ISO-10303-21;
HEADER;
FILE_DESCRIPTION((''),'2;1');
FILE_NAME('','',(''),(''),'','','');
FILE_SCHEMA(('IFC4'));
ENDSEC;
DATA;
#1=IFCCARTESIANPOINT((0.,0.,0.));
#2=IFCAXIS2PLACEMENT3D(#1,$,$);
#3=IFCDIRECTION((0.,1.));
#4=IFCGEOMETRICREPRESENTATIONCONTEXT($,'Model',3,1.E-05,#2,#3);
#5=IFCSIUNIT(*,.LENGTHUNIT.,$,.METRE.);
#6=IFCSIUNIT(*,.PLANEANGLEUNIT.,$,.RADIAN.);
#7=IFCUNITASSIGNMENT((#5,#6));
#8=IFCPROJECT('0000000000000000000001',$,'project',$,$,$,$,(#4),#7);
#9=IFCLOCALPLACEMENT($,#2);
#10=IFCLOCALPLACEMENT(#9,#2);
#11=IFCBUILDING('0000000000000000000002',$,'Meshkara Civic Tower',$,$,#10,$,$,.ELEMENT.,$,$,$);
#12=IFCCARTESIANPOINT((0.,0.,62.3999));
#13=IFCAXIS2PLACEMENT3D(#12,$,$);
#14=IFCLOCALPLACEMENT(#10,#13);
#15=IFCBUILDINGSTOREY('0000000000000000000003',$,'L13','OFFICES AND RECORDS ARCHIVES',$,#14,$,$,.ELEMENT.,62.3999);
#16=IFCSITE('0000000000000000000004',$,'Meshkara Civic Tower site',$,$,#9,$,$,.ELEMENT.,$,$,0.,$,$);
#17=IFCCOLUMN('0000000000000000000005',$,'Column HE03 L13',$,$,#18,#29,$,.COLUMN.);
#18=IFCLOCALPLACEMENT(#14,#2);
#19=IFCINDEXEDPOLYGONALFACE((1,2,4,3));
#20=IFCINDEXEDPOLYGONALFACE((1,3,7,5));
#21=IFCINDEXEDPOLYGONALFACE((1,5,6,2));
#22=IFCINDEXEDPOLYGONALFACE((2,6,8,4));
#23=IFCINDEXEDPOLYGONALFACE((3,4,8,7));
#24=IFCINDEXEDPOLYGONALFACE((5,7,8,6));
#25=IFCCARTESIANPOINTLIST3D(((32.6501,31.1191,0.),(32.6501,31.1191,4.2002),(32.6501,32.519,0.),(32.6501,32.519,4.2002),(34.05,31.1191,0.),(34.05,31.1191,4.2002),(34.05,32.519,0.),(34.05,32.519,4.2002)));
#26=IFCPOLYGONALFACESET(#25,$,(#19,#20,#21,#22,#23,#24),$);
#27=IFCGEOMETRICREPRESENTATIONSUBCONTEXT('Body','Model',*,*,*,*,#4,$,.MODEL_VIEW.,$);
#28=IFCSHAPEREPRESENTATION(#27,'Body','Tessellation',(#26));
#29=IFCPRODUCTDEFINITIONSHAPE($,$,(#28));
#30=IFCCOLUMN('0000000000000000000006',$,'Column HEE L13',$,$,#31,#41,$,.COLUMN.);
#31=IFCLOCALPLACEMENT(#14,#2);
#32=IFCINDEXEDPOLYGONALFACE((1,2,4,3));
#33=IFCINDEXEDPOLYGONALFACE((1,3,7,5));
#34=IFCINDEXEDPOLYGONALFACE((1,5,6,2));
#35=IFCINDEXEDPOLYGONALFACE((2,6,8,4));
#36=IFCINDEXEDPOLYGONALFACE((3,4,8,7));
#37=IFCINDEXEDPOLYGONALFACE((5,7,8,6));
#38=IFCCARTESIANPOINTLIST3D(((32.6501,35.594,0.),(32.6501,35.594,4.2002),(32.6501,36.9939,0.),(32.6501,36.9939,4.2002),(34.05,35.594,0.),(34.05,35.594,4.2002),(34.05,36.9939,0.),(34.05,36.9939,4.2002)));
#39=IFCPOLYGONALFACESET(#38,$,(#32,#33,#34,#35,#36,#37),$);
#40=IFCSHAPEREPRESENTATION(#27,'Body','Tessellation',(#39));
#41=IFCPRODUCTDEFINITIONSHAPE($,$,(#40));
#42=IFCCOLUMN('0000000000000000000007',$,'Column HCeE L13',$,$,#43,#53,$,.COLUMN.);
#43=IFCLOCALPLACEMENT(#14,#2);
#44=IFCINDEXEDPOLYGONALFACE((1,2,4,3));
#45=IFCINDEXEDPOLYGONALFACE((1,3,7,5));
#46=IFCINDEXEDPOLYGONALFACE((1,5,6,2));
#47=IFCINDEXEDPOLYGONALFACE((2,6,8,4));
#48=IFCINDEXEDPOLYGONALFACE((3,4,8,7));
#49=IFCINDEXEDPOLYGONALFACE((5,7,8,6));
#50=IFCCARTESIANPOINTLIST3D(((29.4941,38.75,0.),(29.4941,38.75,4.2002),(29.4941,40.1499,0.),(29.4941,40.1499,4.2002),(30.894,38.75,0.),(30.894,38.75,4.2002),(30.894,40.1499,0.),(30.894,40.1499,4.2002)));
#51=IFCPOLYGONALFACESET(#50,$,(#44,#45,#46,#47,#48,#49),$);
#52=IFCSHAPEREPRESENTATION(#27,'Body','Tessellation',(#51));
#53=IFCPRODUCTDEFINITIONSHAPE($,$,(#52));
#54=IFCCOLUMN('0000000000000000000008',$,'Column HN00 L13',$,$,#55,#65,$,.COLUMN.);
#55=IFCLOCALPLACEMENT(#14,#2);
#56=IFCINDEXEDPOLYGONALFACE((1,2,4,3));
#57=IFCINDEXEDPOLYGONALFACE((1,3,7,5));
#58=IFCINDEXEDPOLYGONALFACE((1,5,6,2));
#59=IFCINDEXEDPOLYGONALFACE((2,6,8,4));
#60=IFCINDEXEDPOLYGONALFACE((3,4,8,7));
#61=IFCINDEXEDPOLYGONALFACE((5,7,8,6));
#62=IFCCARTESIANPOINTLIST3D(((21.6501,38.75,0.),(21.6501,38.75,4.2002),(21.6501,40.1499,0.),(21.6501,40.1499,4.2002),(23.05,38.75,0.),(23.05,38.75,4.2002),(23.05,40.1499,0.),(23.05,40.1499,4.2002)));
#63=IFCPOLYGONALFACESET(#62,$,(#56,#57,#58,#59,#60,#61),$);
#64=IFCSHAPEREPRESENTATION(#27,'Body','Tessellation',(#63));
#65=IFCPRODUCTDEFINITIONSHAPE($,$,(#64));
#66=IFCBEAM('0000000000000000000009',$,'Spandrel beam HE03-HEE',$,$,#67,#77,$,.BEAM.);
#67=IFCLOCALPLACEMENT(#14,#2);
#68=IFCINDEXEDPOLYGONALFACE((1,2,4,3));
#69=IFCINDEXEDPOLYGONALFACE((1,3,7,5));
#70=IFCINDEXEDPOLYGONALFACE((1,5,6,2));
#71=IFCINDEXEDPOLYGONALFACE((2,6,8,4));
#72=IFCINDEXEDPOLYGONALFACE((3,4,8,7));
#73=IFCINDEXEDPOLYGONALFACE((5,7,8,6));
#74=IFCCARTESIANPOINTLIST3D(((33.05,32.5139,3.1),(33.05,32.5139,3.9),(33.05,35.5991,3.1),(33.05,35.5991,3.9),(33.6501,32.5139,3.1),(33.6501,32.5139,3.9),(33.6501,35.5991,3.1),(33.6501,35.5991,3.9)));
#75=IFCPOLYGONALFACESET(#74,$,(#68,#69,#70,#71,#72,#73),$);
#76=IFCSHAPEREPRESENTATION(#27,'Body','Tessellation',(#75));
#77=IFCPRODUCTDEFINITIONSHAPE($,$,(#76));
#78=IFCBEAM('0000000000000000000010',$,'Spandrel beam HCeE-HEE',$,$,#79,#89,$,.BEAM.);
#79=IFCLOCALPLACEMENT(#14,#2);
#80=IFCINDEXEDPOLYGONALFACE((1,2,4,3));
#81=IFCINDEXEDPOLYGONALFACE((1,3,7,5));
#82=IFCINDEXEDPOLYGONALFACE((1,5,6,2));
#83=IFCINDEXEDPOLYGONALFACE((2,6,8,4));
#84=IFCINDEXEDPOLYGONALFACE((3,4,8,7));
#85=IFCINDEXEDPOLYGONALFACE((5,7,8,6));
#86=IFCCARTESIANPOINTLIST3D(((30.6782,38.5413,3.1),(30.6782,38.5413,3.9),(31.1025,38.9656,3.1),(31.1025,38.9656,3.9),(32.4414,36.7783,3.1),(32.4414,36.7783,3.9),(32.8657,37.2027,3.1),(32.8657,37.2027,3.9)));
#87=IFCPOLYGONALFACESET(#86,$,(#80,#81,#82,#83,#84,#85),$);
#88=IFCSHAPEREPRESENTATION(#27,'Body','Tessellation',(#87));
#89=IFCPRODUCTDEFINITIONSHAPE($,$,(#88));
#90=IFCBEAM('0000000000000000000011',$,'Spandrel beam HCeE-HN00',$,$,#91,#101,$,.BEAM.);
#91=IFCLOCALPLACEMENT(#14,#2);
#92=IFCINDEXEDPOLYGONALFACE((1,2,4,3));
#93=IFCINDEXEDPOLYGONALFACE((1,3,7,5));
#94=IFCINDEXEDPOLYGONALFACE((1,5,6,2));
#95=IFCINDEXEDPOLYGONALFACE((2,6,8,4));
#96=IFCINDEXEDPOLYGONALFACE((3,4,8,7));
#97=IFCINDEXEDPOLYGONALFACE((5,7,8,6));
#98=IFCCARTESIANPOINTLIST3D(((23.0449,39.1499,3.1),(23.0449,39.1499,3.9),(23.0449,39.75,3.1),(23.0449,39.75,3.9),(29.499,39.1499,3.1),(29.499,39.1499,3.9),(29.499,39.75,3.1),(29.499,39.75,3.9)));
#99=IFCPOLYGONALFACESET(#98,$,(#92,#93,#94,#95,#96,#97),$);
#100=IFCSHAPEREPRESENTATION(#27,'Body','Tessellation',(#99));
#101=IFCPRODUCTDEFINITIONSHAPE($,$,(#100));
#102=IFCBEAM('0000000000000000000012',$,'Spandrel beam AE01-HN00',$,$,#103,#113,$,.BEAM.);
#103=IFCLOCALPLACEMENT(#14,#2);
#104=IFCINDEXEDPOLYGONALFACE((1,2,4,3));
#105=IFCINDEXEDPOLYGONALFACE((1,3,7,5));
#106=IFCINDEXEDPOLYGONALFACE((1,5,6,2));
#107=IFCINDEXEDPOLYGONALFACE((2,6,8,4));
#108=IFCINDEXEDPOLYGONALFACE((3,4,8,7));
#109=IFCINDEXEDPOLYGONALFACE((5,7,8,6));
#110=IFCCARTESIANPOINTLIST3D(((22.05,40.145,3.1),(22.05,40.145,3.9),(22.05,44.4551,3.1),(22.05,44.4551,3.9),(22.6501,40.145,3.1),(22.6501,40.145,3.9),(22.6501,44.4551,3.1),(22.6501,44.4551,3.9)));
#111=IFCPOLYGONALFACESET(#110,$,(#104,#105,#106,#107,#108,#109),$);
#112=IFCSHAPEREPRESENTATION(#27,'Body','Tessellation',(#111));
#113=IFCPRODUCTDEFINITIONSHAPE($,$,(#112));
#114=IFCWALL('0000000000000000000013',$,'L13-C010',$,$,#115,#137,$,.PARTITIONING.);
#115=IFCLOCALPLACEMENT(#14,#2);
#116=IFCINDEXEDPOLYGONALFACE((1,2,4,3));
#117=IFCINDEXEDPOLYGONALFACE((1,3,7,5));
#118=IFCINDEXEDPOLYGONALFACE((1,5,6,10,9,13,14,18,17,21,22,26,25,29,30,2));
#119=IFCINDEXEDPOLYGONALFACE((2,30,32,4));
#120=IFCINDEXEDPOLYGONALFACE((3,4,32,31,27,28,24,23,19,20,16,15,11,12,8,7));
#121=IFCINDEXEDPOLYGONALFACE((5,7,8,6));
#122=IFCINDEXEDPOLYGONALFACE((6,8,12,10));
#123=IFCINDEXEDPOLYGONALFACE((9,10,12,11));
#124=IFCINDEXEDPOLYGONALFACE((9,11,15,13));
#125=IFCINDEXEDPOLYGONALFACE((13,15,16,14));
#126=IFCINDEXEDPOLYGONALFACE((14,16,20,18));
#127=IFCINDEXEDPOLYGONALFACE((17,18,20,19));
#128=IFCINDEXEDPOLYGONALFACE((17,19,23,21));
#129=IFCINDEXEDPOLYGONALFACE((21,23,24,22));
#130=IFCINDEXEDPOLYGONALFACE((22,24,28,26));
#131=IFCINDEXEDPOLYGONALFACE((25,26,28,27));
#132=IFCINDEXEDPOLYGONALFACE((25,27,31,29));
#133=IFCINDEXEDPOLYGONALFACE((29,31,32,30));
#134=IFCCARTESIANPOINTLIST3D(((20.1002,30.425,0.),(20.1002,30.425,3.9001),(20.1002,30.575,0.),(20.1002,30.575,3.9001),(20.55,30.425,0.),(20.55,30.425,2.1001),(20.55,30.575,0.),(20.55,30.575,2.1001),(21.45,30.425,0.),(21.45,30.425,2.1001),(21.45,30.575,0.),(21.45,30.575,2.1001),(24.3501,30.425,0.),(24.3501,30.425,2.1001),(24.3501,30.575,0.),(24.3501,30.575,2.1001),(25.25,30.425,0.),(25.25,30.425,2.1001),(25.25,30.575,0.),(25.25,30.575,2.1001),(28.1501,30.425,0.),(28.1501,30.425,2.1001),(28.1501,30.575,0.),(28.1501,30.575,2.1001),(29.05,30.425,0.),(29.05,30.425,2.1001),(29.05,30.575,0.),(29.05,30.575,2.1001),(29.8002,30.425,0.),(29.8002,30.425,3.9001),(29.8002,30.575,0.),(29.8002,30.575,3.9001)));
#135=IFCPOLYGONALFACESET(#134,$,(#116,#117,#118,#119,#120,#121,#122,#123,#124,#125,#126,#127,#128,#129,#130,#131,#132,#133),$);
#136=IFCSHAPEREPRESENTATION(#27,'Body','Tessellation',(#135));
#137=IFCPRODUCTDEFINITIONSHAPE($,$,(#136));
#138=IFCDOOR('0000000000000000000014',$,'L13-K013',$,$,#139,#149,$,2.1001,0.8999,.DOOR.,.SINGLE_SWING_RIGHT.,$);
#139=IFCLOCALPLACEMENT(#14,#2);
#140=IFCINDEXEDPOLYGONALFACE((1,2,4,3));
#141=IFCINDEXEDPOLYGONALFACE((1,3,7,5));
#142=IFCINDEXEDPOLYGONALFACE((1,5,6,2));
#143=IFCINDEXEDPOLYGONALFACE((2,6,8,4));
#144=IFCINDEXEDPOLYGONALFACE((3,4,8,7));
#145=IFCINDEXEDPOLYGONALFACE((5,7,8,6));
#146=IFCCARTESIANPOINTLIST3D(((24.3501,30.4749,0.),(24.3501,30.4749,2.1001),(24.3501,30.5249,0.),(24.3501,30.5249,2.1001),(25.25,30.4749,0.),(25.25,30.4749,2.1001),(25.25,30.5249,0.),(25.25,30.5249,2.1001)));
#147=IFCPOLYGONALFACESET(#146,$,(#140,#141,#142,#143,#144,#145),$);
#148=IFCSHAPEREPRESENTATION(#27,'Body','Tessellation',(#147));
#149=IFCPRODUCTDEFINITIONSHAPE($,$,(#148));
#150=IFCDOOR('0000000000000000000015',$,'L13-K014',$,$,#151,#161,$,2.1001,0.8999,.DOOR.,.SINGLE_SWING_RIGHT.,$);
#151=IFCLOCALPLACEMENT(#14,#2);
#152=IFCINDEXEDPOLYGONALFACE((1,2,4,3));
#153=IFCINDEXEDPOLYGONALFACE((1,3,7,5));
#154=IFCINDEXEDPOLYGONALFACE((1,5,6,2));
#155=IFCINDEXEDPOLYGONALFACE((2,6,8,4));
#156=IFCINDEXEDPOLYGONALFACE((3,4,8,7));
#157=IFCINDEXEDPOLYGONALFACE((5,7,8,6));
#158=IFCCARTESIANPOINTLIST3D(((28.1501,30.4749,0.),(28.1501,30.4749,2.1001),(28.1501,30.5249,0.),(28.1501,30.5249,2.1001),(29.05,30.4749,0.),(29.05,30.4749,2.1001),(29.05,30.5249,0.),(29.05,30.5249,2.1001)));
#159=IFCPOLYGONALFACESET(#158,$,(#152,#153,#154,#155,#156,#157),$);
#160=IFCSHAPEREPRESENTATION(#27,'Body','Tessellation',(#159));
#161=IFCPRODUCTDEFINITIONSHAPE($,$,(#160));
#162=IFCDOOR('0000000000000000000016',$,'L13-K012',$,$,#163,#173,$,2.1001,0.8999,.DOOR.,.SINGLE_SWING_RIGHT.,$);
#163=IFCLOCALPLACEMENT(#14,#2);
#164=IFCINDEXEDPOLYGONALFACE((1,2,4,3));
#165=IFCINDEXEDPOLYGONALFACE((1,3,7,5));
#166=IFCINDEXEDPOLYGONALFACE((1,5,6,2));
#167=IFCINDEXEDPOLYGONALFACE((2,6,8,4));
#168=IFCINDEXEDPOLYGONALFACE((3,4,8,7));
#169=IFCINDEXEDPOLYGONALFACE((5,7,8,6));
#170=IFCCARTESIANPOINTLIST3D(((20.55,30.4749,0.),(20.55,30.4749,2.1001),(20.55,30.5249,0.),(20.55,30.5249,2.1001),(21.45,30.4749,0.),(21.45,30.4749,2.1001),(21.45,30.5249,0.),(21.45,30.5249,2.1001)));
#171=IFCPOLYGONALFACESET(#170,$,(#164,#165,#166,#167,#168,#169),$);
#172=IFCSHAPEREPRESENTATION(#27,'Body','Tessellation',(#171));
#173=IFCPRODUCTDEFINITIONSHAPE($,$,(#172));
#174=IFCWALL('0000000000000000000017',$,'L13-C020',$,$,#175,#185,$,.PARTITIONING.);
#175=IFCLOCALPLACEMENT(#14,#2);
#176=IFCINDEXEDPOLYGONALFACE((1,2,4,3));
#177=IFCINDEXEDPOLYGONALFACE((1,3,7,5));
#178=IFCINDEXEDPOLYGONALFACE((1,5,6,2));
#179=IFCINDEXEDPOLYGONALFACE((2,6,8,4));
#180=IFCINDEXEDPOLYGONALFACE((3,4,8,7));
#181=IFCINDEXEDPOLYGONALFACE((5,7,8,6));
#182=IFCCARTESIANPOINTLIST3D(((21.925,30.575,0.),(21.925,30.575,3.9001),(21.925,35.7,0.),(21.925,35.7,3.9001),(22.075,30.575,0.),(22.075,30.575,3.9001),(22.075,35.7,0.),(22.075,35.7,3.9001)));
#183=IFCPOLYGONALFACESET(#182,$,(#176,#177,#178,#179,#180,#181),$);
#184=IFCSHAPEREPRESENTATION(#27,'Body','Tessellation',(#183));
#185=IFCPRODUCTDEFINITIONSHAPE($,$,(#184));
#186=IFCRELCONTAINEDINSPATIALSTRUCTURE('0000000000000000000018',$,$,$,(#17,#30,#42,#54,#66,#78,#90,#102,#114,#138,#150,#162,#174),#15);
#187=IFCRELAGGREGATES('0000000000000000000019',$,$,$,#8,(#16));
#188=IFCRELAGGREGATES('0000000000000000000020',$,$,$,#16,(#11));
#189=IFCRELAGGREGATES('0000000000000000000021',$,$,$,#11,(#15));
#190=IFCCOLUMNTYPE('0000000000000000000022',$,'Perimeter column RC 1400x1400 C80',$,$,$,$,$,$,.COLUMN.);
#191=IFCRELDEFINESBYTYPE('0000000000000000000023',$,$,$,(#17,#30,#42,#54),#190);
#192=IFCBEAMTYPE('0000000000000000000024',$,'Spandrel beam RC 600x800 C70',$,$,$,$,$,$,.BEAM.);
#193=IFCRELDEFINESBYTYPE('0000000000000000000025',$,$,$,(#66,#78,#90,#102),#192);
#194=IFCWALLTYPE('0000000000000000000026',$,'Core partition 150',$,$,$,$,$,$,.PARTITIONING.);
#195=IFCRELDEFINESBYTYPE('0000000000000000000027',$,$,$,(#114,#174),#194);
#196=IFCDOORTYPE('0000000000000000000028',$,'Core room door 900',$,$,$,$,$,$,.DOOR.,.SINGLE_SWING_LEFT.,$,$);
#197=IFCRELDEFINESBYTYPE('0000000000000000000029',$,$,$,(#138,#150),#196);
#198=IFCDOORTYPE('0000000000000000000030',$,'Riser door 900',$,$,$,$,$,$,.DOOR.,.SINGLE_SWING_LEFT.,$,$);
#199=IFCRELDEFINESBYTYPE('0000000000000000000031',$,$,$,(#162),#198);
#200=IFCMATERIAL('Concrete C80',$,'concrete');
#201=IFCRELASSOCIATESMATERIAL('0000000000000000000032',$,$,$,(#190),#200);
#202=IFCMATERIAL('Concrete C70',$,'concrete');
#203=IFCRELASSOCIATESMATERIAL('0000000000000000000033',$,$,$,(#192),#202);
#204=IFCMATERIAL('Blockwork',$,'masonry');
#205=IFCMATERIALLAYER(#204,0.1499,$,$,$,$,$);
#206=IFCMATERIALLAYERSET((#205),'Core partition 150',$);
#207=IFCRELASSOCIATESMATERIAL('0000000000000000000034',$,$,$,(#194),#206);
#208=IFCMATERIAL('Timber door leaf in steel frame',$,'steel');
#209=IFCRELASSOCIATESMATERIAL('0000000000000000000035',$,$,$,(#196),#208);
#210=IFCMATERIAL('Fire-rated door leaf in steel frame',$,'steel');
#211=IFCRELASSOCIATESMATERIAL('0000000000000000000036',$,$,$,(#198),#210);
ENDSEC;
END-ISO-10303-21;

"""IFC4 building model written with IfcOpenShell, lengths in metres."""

from ifc_helpers import new_model, si_unit, direction, frame, frame_2d, origin, origin_2d, place, context, subcontext, project, spatial, rectangle, extrude, material, layer, layer_set, material_profile, profile_set, type_object, element, fill, save


model = new_model("IFC4")

# Units and contexts
model_context = context("Model", 3, precision=1e-05, world=origin(), true_north=direction((0.0, 1.0)))
body_context = subcontext(model_context, "Body", "Model", "MODEL_VIEW")
ifc_project = project(units=[si_unit("LENGTHUNIT", "METRE"), si_unit("PLANEANGLEUNIT", "RADIAN")], contexts=[model_context])

# Site, building, storey
site_placement = place(None, origin())
site = spatial("IfcSite", under=ifc_project, at=site_placement, Name="Meshkara Civic Tower site", CompositionType="ELEMENT", RefElevation=0.0)
building_placement = place(site_placement, origin())
building = spatial("IfcBuilding", under=site, at=building_placement, Name="Meshkara Civic Tower", CompositionType="ELEMENT")
storey_placement = place(building_placement, frame((0.0, 0.0, 62.3999)))
storey = spatial("IfcBuildingStorey", under=building, at=storey_placement, Name="L13", Description="OFFICES AND RECORDS ARCHIVES", CompositionType="ELEMENT", Elevation=62.3999)

# Columns
ifc_material_1 = material(Name="Concrete C80", Category="concrete")
ifc_material_profile_1 = material_profile(ifc_material_1, rectangle(XDim=1.3999, YDim=1.3999, at=origin_2d()))
ifc_profile_set_1 = profile_set([ifc_material_profile_1], Name="Concrete C80")
column_type = type_object("IfcColumnType", Name="Perimeter column RC 1400x1400 C80", PredefinedType="COLUMN", material=ifc_profile_set_1)
for number, where, z_axis, x_axis, name in (
    (1, (33.3501, 31.8191, 0.0), (0.0, 0.0, 1.0), (1.0, 0.0, 0.0), "Column HE03 L13"),
    (2, (33.3501, 36.2939, 0.0), (0.0, 0.0, 1.0), (1.0, 0.0, 0.0), "Column HEE L13"),
    (3, (30.1941, 39.45, 0.0), (0.0, 0.0, 1.0), (1.0, 0.0, 0.0), "Column HCeE L13"),
    (4, (22.3501, 39.45, 0.0), (0.0, 0.0, 1.0), (1.0, 0.0, 0.0), "Column HN00 L13"),
):
    element("IfcColumn", number, at=place(storey_placement, frame(where, z_axis=z_axis, x_axis=x_axis)), inside=storey, type_object=column_type, Name=name, PredefinedType="COLUMN", context=body_context, shape_type="SweptSolid", body=[
        extrude(rectangle(XDim=1.3999, YDim=1.3999, at=origin_2d()), origin(), (0.0, 0.0, 1.0), 4.2002),
    ])

# Beams
ifc_material_2 = material(Name="Concrete C70", Category="concrete")
ifc_material_profile_2 = material_profile(ifc_material_2, rectangle(XDim=0.6001, YDim=0.8, at=origin_2d()))
ifc_profile_set_2 = profile_set([ifc_material_profile_2], Name="Concrete C70")
beam_type = type_object("IfcBeamType", Name="Spandrel beam RC 600x800 C70", PredefinedType="BEAM", material=ifc_profile_set_2)
beam_1_placement = place(storey_placement, frame((33.3501, 32.5139, 3.5), z_axis=(0.0, 1.0, 0.0), x_axis=(-1.0, 0.0, 0.0)))
element("IfcBeam", 5, at=beam_1_placement, inside=storey, type_object=beam_type, Name="Spandrel beam HE03-HEE", PredefinedType="BEAM", context=body_context, shape_type="SweptSolid", body=[
    extrude(rectangle(XDim=0.6001, YDim=0.8, at=origin_2d()), origin(), (0.0, 0.0, 1.0), 3.0852),
])
beam_2_placement = place(storey_placement, frame((32.6536, 36.9905, 3.5), z_axis=(-0.707156, 0.707058, 0.0), x_axis=(-0.707058, -0.707156, 0.0)))
element("IfcBeam", 6, at=beam_2_placement, inside=storey, type_object=beam_type, Name="Spandrel beam HCeE-HEE", PredefinedType="BEAM", context=body_context, shape_type="SweptSolid", body=[
    extrude(rectangle(XDim=0.6001, YDim=0.8, at=origin_2d()), origin(), (0.0, 0.0, 1.0), 2.4934),
])
beam_3_placement = place(storey_placement, frame((29.499, 39.45, 3.5), z_axis=(-1.0, 0.0, 0.0), x_axis=(0.0, -1.0, 0.0)))
element("IfcBeam", 7, at=beam_3_placement, inside=storey, type_object=beam_type, Name="Spandrel beam HCeE-HN00", PredefinedType="BEAM", context=body_context, shape_type="SweptSolid", body=[
    extrude(rectangle(XDim=0.6001, YDim=0.8, at=origin_2d()), origin(), (0.0, 0.0, 1.0), 6.4541),
])
beam_4_placement = place(storey_placement, frame((22.3501, 40.145, 3.5), z_axis=(0.0, 1.0, 0.0), x_axis=(-1.0, 0.0, 0.0)))
element("IfcBeam", 8, at=beam_4_placement, inside=storey, type_object=beam_type, Name="Spandrel beam AE01-HN00", PredefinedType="BEAM", context=body_context, shape_type="SweptSolid", body=[
    extrude(rectangle(XDim=0.6001, YDim=0.8, at=origin_2d()), origin(), (0.0, 0.0, 1.0), 4.3101),
])

# Wall, openings, doors
ifc_material_3 = material(Name="Blockwork", Category="masonry")
ifc_layer_1 = layer(ifc_material_3, 0.1499)
ifc_layer_set_1 = layer_set([ifc_layer_1], Name="Core partition 150")
wall_type_1 = type_object("IfcWallType", Name="Core partition 150", PredefinedType="PARTITIONING", material=ifc_layer_set_1)
wall_1_placement = place(storey_placement, frame((20.1001, 30.5, 0.0), z_axis=(0.0, 0.0, 1.0), x_axis=(1.0, 0.0, 0.0)))
wall_1 = element("IfcWall", 9, at=wall_1_placement, inside=storey, type_object=wall_type_1, Name="L13-C010", PredefinedType="PARTITIONING", context=body_context, shape_type="SweptSolid", body=[
    extrude(rectangle(XDim=9.7, YDim=0.1499, at=frame_2d((4.8501, 0.0))), origin(), (0.0, 0.0, 1.0), 3.9001),
])
opening_1_placement = place(wall_1_placement, frame((0.45, 0.0, 0.0)))
opening_1 = element("IfcOpeningElement", 10, at=opening_1_placement, cuts=wall_1, PredefinedType="OPENING", context=body_context, shape_type="SweptSolid", body=[
    extrude(rectangle(XDim=0.8999, YDim=2.1001, at=frame_2d((0.45, 1.05))), frame((0.0, 0.085, 0.0), z_axis=(0.0, -1.0, 0.0), x_axis=(1.0, 0.0, 0.0)), (0.0, 0.0, 1.0), 0.1699),
])
opening_2_placement = place(wall_1_placement, frame((4.25, 0.0, 0.0)))
opening_2 = element("IfcOpeningElement", 11, at=opening_2_placement, cuts=wall_1, PredefinedType="OPENING", context=body_context, shape_type="SweptSolid", body=[
    extrude(rectangle(XDim=0.8999, YDim=2.1001, at=frame_2d((0.45, 1.05))), frame((0.0, 0.085, 0.0), z_axis=(0.0, -1.0, 0.0), x_axis=(1.0, 0.0, 0.0)), (0.0, 0.0, 1.0), 0.1699),
])
opening_3_placement = place(wall_1_placement, frame((8.05, 0.0, 0.0)))
opening_3 = element("IfcOpeningElement", 12, at=opening_3_placement, cuts=wall_1, PredefinedType="OPENING", context=body_context, shape_type="SweptSolid", body=[
    extrude(rectangle(XDim=0.8999, YDim=2.1001, at=frame_2d((0.45, 1.05))), frame((0.0, 0.085, 0.0), z_axis=(0.0, -1.0, 0.0), x_axis=(1.0, 0.0, 0.0)), (0.0, 0.0, 1.0), 0.1699),
])
ifc_material_4 = material(Name="Timber door leaf in steel frame", Category="steel")
door_type_1 = type_object("IfcDoorType", Name="Core room door 900", OperationType="SINGLE_SWING_LEFT", PredefinedType="DOOR", material=ifc_material_4)
door_1_placement = place(opening_2_placement, origin())
door_1 = element("IfcDoor", 13, at=door_1_placement, inside=storey, type_object=door_type_1, Name="L13-K013", OperationType="SINGLE_SWING_RIGHT", OverallHeight=2.1001, OverallWidth=0.8999, PredefinedType="DOOR", context=body_context, shape_type="SweptSolid", body=[
    extrude(rectangle(XDim=0.8999, YDim=2.1001, at=frame_2d((0.45, 1.05))), frame((0.0, 0.0249, 0.0), z_axis=(0.0, -1.0, 0.0), x_axis=(1.0, 0.0, 0.0)), (0.0, 0.0, 1.0), 0.05),
])
fill(opening_2, door_1)
door_2_placement = place(opening_3_placement, origin())
door_2 = element("IfcDoor", 14, at=door_2_placement, inside=storey, type_object=door_type_1, Name="L13-K014", OperationType="SINGLE_SWING_RIGHT", OverallHeight=2.1001, OverallWidth=0.8999, PredefinedType="DOOR", context=body_context, shape_type="SweptSolid", body=[
    extrude(rectangle(XDim=0.8999, YDim=2.1001, at=frame_2d((0.45, 1.05))), frame((0.0, 0.0249, 0.0), z_axis=(0.0, -1.0, 0.0), x_axis=(1.0, 0.0, 0.0)), (0.0, 0.0, 1.0), 0.05),
])
fill(opening_3, door_2)
ifc_material_5 = material(Name="Fire-rated door leaf in steel frame", Category="steel")
door_type_2 = type_object("IfcDoorType", Name="Riser door 900", OperationType="SINGLE_SWING_LEFT", PredefinedType="DOOR", material=ifc_material_5)
door_3_placement = place(opening_1_placement, origin())
door_3 = element("IfcDoor", 15, at=door_3_placement, inside=storey, type_object=door_type_2, Name="L13-K012", OperationType="SINGLE_SWING_RIGHT", OverallHeight=2.1001, OverallWidth=0.8999, PredefinedType="DOOR", context=body_context, shape_type="SweptSolid", body=[
    extrude(rectangle(XDim=0.8999, YDim=2.1001, at=frame_2d((0.45, 1.05))), frame((0.0, 0.0249, 0.0), z_axis=(0.0, -1.0, 0.0), x_axis=(1.0, 0.0, 0.0)), (0.0, 0.0, 1.0), 0.05),
])
fill(opening_1, door_3)

# Wall
for number, where, z_axis, x_axis, name in (
    (16, (22.0, 30.575, 0.0), (0.0, 0.0, 1.0), (0.0, 1.0, 0.0), "L13-C020"),
):
    element("IfcWall", number, at=place(storey_placement, frame(where, z_axis=z_axis, x_axis=x_axis)), inside=storey, type_object=wall_type_1, Name=name, PredefinedType="PARTITIONING", context=body_context, shape_type="SweptSolid", body=[
        extrude(rectangle(XDim=5.125, YDim=0.1499, at=frame_2d((2.5625, 0.0))), origin(), (0.0, 0.0, 1.0), 3.9001),
    ])

save(model, "model.ifc")
